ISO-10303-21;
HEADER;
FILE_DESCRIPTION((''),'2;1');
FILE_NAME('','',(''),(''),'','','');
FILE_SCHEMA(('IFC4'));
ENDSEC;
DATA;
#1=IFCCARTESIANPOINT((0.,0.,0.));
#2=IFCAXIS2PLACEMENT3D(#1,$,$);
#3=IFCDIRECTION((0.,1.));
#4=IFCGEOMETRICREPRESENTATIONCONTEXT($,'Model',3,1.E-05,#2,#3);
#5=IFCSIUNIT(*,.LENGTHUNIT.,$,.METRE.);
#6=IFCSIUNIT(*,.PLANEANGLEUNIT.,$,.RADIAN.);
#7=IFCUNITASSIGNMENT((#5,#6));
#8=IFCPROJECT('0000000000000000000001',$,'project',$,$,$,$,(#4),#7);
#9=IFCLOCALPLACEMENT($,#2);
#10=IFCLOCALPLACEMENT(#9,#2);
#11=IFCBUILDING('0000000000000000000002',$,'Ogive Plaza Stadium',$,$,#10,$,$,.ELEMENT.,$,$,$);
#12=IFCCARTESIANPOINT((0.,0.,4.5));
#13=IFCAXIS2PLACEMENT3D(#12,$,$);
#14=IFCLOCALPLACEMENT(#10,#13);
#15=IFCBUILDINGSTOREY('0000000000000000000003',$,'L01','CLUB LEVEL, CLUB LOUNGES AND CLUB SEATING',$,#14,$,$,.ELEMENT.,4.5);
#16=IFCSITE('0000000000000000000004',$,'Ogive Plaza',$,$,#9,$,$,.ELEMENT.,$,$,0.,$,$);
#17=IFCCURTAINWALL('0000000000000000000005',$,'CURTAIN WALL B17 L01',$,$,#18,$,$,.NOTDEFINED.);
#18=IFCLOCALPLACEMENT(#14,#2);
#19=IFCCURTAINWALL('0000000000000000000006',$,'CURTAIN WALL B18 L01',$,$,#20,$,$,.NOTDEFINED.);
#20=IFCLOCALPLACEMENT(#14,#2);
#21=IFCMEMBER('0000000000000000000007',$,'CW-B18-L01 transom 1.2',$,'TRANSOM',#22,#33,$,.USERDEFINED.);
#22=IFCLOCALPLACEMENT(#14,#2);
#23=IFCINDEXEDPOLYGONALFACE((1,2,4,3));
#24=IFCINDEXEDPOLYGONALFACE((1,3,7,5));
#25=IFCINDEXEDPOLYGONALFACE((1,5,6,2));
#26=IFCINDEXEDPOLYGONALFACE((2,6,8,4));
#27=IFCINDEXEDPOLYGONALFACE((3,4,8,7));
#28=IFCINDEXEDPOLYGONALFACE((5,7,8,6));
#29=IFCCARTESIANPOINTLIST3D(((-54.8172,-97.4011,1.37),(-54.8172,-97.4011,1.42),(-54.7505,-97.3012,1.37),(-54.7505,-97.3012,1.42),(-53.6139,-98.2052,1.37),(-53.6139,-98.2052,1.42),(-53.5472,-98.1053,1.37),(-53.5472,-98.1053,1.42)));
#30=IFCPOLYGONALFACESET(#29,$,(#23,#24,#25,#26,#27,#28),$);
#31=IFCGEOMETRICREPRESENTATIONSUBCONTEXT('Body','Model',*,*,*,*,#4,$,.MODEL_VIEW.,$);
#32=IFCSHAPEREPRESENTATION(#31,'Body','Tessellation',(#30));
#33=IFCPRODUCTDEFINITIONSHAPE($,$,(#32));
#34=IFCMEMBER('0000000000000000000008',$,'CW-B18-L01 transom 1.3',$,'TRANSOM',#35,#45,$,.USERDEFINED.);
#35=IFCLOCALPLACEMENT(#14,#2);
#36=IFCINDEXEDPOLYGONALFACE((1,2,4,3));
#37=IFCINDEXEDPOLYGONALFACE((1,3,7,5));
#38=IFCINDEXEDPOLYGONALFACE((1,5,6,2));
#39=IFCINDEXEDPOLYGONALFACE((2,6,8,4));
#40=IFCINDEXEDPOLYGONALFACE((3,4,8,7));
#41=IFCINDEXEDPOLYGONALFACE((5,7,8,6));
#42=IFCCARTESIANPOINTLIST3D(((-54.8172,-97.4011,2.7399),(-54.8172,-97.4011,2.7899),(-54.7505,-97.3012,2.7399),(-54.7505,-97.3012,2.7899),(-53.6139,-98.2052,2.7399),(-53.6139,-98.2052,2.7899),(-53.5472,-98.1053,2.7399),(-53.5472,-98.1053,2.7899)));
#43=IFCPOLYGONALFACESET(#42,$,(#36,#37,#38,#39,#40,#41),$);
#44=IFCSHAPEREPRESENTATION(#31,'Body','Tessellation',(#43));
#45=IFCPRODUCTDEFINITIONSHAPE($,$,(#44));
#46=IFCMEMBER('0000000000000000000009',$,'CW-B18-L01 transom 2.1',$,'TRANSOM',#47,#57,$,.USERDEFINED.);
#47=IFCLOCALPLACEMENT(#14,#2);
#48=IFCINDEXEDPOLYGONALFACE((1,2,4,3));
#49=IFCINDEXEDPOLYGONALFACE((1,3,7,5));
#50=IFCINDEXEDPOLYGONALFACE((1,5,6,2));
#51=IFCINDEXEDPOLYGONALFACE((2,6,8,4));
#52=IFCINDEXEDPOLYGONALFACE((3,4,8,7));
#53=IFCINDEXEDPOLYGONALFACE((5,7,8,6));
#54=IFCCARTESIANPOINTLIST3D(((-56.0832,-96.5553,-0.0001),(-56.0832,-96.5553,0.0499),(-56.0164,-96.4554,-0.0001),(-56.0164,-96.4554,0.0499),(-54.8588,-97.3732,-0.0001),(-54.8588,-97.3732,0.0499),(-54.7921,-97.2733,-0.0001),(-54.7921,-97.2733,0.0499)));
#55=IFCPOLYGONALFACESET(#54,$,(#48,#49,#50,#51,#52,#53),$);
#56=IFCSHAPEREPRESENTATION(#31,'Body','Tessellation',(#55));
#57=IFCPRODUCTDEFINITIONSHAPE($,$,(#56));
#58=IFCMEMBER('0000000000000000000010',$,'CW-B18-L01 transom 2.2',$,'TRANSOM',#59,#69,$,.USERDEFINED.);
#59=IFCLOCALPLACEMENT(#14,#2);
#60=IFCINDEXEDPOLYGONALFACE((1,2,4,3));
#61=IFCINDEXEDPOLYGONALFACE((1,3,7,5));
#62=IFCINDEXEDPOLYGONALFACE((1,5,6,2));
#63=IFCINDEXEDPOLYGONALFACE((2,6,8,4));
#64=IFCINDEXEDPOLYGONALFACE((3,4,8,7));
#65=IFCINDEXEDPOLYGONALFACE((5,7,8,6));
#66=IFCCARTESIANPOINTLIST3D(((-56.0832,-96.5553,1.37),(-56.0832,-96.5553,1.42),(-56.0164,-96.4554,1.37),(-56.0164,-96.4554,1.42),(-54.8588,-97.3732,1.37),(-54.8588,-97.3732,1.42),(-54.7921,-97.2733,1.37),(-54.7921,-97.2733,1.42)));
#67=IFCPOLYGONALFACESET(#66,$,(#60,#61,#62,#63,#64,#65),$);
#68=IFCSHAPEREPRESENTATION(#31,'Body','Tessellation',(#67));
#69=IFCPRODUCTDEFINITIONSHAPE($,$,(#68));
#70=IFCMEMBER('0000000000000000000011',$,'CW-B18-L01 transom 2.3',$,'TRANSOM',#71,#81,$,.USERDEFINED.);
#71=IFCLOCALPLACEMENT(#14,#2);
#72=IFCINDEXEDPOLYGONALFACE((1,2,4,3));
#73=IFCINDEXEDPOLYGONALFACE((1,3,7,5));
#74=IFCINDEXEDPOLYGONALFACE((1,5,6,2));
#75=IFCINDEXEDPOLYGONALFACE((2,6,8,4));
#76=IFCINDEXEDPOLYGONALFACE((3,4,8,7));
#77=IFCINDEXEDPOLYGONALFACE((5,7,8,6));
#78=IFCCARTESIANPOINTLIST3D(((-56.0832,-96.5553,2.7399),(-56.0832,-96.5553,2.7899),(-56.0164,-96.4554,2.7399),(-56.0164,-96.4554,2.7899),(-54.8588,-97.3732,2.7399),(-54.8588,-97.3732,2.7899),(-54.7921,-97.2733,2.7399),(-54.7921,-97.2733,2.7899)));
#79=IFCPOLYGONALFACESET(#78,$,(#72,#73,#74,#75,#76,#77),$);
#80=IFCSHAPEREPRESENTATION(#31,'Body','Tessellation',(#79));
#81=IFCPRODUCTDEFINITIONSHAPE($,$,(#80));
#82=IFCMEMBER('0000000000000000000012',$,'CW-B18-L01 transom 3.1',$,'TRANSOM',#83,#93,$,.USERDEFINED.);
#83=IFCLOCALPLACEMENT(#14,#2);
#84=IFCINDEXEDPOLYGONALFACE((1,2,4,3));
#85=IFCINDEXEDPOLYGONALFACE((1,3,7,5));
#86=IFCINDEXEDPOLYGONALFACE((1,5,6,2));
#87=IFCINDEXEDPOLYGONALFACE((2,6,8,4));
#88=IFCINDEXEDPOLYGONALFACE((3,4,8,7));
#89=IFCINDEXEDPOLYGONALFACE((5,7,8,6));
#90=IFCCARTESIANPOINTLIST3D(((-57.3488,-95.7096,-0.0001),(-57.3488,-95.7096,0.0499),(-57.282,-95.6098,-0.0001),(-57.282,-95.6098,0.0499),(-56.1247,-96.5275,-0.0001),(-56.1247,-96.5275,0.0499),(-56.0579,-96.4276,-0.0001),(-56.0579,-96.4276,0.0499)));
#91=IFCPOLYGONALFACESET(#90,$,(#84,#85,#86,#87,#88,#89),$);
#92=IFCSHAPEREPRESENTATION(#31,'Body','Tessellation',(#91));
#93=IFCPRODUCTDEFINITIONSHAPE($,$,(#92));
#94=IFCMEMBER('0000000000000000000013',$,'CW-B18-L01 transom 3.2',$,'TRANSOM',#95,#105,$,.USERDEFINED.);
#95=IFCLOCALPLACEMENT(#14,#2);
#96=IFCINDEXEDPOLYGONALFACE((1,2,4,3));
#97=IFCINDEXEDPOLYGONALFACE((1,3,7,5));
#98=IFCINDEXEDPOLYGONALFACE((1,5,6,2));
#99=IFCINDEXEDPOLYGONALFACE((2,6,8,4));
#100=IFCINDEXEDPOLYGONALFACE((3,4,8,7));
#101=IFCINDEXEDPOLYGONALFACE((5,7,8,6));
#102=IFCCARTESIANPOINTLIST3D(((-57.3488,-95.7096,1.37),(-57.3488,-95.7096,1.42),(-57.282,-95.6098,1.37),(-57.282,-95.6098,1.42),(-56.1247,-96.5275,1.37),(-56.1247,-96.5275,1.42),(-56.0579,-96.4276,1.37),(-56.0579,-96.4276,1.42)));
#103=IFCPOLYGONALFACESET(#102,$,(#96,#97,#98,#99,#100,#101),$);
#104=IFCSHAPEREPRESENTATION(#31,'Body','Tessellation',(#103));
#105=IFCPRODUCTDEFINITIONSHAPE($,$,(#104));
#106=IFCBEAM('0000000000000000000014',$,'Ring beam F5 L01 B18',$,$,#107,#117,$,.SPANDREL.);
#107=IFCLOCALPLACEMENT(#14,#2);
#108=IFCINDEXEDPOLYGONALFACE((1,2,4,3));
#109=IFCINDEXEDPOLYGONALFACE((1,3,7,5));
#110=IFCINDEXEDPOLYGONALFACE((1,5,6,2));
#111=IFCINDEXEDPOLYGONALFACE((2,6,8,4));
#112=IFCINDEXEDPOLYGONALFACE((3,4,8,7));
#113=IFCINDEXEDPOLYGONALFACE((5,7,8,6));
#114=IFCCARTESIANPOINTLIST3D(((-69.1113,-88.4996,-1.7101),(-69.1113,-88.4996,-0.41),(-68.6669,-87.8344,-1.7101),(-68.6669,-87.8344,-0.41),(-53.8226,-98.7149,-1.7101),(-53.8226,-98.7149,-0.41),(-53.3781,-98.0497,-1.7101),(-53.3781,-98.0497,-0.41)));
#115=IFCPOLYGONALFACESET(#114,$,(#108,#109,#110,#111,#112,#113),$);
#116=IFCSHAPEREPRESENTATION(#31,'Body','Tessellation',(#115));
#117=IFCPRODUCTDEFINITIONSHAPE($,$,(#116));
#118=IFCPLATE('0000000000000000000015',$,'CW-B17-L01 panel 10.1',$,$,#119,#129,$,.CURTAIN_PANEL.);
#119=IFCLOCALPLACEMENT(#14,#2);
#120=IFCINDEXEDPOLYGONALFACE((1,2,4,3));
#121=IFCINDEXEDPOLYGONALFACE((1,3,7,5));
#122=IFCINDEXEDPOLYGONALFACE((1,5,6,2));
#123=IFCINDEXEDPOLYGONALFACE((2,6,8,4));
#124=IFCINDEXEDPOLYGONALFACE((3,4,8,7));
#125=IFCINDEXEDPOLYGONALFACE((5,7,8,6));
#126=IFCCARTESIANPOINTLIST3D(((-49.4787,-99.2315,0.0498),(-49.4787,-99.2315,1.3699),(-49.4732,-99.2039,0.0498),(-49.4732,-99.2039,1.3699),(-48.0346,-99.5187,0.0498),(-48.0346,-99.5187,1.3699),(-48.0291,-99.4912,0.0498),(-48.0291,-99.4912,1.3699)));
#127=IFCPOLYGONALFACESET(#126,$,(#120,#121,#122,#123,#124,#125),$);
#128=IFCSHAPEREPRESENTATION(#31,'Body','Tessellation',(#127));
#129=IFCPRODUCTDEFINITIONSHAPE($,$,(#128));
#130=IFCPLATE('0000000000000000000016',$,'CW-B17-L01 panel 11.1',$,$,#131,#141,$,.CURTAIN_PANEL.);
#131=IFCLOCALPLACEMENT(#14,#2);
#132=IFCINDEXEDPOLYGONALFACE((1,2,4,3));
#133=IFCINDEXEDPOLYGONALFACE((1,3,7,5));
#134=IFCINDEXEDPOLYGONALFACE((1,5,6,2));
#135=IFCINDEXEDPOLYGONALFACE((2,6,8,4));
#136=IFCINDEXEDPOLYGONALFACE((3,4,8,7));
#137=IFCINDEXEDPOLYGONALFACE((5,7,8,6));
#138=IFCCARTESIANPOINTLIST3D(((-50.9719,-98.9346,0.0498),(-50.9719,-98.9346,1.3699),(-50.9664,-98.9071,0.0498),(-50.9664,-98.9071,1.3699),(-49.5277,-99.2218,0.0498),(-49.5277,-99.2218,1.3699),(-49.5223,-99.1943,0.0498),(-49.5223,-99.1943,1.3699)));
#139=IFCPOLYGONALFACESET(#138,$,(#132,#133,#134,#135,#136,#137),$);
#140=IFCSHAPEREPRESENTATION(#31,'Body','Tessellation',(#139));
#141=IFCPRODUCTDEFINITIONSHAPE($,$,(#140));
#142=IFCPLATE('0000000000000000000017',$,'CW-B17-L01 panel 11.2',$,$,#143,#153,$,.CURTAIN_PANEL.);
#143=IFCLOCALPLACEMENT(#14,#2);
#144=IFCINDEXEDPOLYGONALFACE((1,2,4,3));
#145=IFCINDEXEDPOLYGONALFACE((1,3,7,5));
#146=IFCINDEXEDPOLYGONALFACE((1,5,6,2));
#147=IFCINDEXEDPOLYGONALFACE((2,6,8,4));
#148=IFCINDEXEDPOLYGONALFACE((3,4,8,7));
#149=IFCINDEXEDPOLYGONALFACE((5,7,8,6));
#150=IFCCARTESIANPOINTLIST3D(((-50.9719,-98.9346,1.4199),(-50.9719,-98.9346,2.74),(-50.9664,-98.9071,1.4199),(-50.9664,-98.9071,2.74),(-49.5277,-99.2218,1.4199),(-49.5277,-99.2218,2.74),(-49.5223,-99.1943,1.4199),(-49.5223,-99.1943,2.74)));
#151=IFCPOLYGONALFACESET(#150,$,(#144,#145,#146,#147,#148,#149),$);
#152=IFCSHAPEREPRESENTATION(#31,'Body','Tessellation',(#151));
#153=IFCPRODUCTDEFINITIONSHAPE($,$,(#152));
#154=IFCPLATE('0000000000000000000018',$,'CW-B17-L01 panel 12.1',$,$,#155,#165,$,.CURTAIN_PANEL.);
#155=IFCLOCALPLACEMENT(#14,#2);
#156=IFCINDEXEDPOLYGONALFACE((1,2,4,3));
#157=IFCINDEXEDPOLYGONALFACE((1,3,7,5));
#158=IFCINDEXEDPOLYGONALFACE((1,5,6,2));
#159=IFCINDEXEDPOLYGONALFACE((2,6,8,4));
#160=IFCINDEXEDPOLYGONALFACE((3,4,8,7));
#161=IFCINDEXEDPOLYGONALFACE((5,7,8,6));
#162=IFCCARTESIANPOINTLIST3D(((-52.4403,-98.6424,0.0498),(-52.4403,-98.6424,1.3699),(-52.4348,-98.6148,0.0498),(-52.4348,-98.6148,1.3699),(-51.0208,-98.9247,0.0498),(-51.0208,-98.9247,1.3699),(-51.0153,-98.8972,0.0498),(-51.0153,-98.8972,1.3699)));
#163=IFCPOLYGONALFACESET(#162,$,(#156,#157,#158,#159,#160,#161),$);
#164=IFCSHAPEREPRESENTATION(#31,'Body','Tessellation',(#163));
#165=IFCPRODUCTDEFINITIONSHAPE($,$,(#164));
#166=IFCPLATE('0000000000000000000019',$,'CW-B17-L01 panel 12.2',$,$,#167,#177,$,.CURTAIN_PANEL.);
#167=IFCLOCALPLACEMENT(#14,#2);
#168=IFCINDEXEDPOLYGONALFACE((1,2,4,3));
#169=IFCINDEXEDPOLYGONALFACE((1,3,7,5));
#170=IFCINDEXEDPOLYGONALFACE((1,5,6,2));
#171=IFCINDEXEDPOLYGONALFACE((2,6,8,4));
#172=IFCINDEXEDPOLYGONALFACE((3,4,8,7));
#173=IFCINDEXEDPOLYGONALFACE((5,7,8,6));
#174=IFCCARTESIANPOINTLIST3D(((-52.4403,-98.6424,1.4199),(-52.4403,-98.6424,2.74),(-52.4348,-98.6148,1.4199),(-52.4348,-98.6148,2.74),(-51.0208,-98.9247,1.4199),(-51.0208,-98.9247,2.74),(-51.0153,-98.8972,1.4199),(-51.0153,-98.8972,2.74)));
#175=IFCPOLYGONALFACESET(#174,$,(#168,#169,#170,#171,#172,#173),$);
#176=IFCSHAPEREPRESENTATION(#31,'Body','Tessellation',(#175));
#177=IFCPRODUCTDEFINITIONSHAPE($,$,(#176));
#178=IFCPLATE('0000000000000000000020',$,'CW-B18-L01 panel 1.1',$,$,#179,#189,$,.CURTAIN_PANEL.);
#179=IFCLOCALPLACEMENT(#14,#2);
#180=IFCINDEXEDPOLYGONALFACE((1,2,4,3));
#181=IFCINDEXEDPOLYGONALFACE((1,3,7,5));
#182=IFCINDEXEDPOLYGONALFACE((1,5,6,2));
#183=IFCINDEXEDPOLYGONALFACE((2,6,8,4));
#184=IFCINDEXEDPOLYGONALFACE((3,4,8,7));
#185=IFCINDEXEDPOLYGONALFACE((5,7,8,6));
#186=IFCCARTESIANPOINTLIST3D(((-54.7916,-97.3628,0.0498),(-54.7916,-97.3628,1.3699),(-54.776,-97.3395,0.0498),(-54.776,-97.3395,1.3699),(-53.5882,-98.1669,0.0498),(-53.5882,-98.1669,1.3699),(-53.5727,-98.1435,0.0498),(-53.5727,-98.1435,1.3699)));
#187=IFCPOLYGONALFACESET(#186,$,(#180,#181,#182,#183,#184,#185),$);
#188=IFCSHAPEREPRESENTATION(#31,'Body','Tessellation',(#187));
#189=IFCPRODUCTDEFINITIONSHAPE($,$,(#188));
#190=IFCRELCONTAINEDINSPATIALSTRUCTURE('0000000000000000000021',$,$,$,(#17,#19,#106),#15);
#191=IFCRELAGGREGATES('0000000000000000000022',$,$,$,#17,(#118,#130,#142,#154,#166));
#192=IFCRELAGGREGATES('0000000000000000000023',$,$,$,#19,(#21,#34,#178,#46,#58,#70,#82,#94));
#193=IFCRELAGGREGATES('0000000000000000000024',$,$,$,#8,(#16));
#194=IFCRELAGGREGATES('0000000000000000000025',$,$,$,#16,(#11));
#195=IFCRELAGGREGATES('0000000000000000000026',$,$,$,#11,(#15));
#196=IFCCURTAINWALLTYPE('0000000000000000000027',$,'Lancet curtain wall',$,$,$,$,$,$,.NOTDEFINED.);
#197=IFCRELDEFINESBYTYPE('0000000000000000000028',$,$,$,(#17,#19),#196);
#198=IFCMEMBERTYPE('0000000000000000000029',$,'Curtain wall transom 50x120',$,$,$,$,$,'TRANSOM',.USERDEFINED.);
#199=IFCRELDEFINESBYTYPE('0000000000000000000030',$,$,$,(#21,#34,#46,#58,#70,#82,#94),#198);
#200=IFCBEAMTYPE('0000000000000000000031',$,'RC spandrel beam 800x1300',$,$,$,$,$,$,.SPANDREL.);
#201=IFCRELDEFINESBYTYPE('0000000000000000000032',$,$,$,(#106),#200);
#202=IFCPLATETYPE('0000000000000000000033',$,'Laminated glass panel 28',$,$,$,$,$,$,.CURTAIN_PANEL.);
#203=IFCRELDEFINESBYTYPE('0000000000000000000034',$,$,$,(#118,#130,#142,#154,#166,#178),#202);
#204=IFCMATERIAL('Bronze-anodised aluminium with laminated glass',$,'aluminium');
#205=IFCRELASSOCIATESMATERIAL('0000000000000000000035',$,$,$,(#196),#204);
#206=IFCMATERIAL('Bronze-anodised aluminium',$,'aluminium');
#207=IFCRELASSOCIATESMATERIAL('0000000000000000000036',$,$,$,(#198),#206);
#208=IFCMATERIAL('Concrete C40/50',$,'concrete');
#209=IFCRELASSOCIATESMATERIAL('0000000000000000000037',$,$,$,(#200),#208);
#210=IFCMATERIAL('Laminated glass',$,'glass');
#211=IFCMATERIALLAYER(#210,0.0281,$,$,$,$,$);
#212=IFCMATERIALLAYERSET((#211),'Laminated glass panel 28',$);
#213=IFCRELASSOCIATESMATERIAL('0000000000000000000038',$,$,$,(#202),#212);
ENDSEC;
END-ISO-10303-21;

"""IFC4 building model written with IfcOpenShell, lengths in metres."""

from ifc_helpers import new_model, si_unit, direction, frame, origin, origin_2d, place, context, subcontext, project, spatial, rectangle, extrude, material, layer, layer_set, material_profile, profile_set, type_object, element, aggregate, save


model = new_model("IFC4")

# Units and contexts
model_context = context("Model", 3, precision=1e-05, world=origin(), true_north=direction((0.0, 1.0)))
body_context = subcontext(model_context, "Body", "Model", "MODEL_VIEW")
ifc_project = project(units=[si_unit("LENGTHUNIT", "METRE"), si_unit("PLANEANGLEUNIT", "RADIAN")], contexts=[model_context])

# Site, building, storey
site_placement = place(None, origin())
site = spatial("IfcSite", under=ifc_project, at=site_placement, Name="Ogive Plaza", CompositionType="ELEMENT", RefElevation=0.0)
building_placement = place(site_placement, origin())
building = spatial("IfcBuilding", under=site, at=building_placement, Name="Ogive Plaza Stadium", CompositionType="ELEMENT")
storey_placement = place(building_placement, frame((0.0, 0.0, 4.5)))
storey = spatial("IfcBuildingStorey", under=building, at=storey_placement, Name="L01", Description="CLUB LEVEL, CLUB LOUNGES AND CLUB SEATING", CompositionType="ELEMENT", Elevation=4.5)

# Curtain walls
ifc_material_1 = material(Name="Bronze-anodised aluminium with laminated glass", Category="aluminium")
curtain_wall_type = type_object("IfcCurtainWallType", Name="Lancet curtain wall", PredefinedType="NOTDEFINED", material=ifc_material_1)
curtain_wall_1_placement = place(storey_placement, origin())
curtain_wall_1 = element("IfcCurtainWall", 1, at=curtain_wall_1_placement, inside=storey, type_object=curtain_wall_type, Name="CURTAIN WALL B17 L01", PredefinedType="NOTDEFINED")
curtain_wall_2_placement = place(storey_placement, origin())
curtain_wall_2 = element("IfcCurtainWall", 2, at=curtain_wall_2_placement, inside=storey, type_object=curtain_wall_type, Name="CURTAIN WALL B18 L01", PredefinedType="NOTDEFINED")

# Members
ifc_material_2 = material(Name="Bronze-anodised aluminium", Category="aluminium")
ifc_material_profile_1 = material_profile(ifc_material_2, rectangle(XDim=0.1201, YDim=0.05, at=origin_2d()), Name="AL 120x50")
ifc_profile_set_1 = profile_set([ifc_material_profile_1], Name="Bronze-anodised aluminium")
member_type_1 = type_object("IfcMemberType", Name="Curtain wall transom 50x120", ElementType="TRANSOM", PredefinedType="USERDEFINED", material=ifc_profile_set_1)
member_1_placement = place(storey_placement, frame((-53.5806, -98.1553, 1.395), z_axis=(-0.831427, 0.555634, 0.0), x_axis=(-0.555634, -0.831427, 0.0)))
member_1 = element("IfcMember", 3, at=member_1_placement, type_object=member_type_1, Name="CW-B18-L01 transom 1.2", ObjectType="TRANSOM", PredefinedType="USERDEFINED", context=body_context, shape_type="SweptSolid", body=[
    extrude(rectangle(XDim=0.1201, YDim=0.05, at=origin_2d()), origin(), (0.0, 0.0, 1.0), 1.4473),
])
member_2_placement = place(storey_placement, frame((-53.5806, -98.1553, 2.7649), z_axis=(-0.831427, 0.555634, 0.0), x_axis=(-0.555634, -0.831427, 0.0)))
member_2 = element("IfcMember", 4, at=member_2_placement, type_object=member_type_1, Name="CW-B18-L01 transom 1.3", ObjectType="TRANSOM", PredefinedType="USERDEFINED", context=body_context, shape_type="SweptSolid", body=[
    extrude(rectangle(XDim=0.1201, YDim=0.05, at=origin_2d()), origin(), (0.0, 0.0, 1.0), 1.4473),
])
member_3_placement = place(storey_placement, frame((-54.8254, -97.3232, 0.0249), z_axis=(-0.83154, 0.555465, 0.0), x_axis=(-0.555465, -0.83154, 0.0)))
member_3 = element("IfcMember", 5, at=member_3_placement, type_object=member_type_1, Name="CW-B18-L01 transom 2.1", ObjectType="TRANSOM", PredefinedType="USERDEFINED", context=body_context, shape_type="SweptSolid", body=[
    extrude(rectangle(XDim=0.1201, YDim=0.05, at=origin_2d()), origin(), (0.0, 0.0, 1.0), 1.4724),
])
member_4_placement = place(storey_placement, frame((-54.8254, -97.3232, 1.395), z_axis=(-0.83154, 0.555465, 0.0), x_axis=(-0.555465, -0.83154, 0.0)))
member_4 = element("IfcMember", 6, at=member_4_placement, type_object=member_type_1, Name="CW-B18-L01 transom 2.2", ObjectType="TRANSOM", PredefinedType="USERDEFINED", context=body_context, shape_type="SweptSolid", body=[
    extrude(rectangle(XDim=0.1201, YDim=0.05, at=origin_2d()), origin(), (0.0, 0.0, 1.0), 1.4724),
])
member_5_placement = place(storey_placement, frame((-54.8254, -97.3232, 2.7649), z_axis=(-0.83154, 0.555465, 0.0), x_axis=(-0.555465, -0.83154, 0.0)))
member_5 = element("IfcMember", 7, at=member_5_placement, type_object=member_type_1, Name="CW-B18-L01 transom 2.3", ObjectType="TRANSOM", PredefinedType="USERDEFINED", context=body_context, shape_type="SweptSolid", body=[
    extrude(rectangle(XDim=0.1201, YDim=0.05, at=origin_2d()), origin(), (0.0, 0.0, 1.0), 1.4724),
])
member_6_placement = place(storey_placement, frame((-56.0913, -96.4775, 0.0249), z_axis=(-0.831489, 0.555542, 0.0), x_axis=(-0.555542, -0.831489, 0.0)))
member_6 = element("IfcMember", 8, at=member_6_placement, type_object=member_type_1, Name="CW-B18-L01 transom 3.1", ObjectType="TRANSOM", PredefinedType="USERDEFINED", context=body_context, shape_type="SweptSolid", body=[
    extrude(rectangle(XDim=0.1201, YDim=0.05, at=origin_2d()), origin(), (0.0, 0.0, 1.0), 1.4722),
])
member_7_placement = place(storey_placement, frame((-56.0913, -96.4775, 1.395), z_axis=(-0.831489, 0.555542, 0.0), x_axis=(-0.555542, -0.831489, 0.0)))
member_7 = element("IfcMember", 9, at=member_7_placement, type_object=member_type_1, Name="CW-B18-L01 transom 3.2", ObjectType="TRANSOM", PredefinedType="USERDEFINED", context=body_context, shape_type="SweptSolid", body=[
    extrude(rectangle(XDim=0.1201, YDim=0.05, at=origin_2d()), origin(), (0.0, 0.0, 1.0), 1.4722),
])

# Beam
ifc_material_3 = material(Name="Concrete C40/50", Category="concrete")
ifc_material_profile_2 = material_profile(ifc_material_3, rectangle(XDim=0.8, YDim=1.3, at=origin_2d()), Name="RC 800x1300")
ifc_profile_set_2 = profile_set([ifc_material_profile_2], Name="Concrete C40/50")
beam_type = type_object("IfcBeamType", Name="RC spandrel beam 800x1300", PredefinedType="SPANDREL", material=ifc_profile_set_2)
beam_placement = place(storey_placement, frame((-53.6003, -98.3823, -1.0601), z_axis=(-0.831478, 0.555558, 0.0), x_axis=(-0.555558, -0.831478, 0.0)))
element("IfcBeam", 10, at=beam_placement, inside=storey, type_object=beam_type, Name="Ring beam F5 L01 B18", PredefinedType="SPANDREL", context=body_context, shape_type="SweptSolid", body=[
    extrude(rectangle(XDim=0.8, YDim=1.3, at=origin_2d()), origin(), (0.0, 0.0, 1.0), 18.3875),
])

# Plates
ifc_material_4 = material(Name="Laminated glass", Category="glass")
ifc_layer = layer(ifc_material_4, 0.0281)
ifc_layer_set = layer_set([ifc_layer], Name="Laminated glass panel 28")
plate_type = type_object("IfcPlateType", Name="Laminated glass panel 28", PredefinedType="CURTAIN_PANEL", material=ifc_layer_set)
plate_1_placement = place(storey_placement, frame((-48.7539, -99.3613, 0.0498), z_axis=(0.0, 0.0, 1.0), x_axis=(-0.980785, 0.19509, 0.0)))
plate_1 = element("IfcPlate", 11, at=plate_1_placement, type_object=plate_type, Name="CW-B17-L01 panel 10.1", PredefinedType="CURTAIN_PANEL", context=body_context, shape_type="SweptSolid", body=[
    extrude(rectangle(XDim=1.4724, YDim=0.0281, at=origin_2d()), origin(), (0.0, 0.0, 1.0), 1.3201),
])
plate_2_placement = place(storey_placement, frame((-50.2471, -99.0645, 0.0498), z_axis=(0.0, 0.0, 1.0), x_axis=(-0.980785, 0.19509, 0.0)))
plate_2 = element("IfcPlate", 12, at=plate_2_placement, type_object=plate_type, Name="CW-B17-L01 panel 11.1", PredefinedType="CURTAIN_PANEL", context=body_context, shape_type="SweptSolid", body=[
    extrude(rectangle(XDim=1.4724, YDim=0.0281, at=origin_2d()), origin(), (0.0, 0.0, 1.0), 1.3201),
])
plate_3_placement = place(storey_placement, frame((-50.2471, -99.0645, 1.4199), z_axis=(0.0, 0.0, 1.0), x_axis=(-0.980785, 0.19509, 0.0)))
plate_3 = element("IfcPlate", 13, at=plate_3_placement, type_object=plate_type, Name="CW-B17-L01 panel 11.2", PredefinedType="CURTAIN_PANEL", context=body_context, shape_type="SweptSolid", body=[
    extrude(rectangle(XDim=1.4724, YDim=0.0281, at=origin_2d()), origin(), (0.0, 0.0, 1.0), 1.3201),
])
plate_4_placement = place(storey_placement, frame((-51.7278, -98.7698, 0.0498), z_axis=(0.0, 0.0, 1.0), x_axis=(-0.980785, 0.19509, 0.0)))
plate_4 = element("IfcPlate", 14, at=plate_4_placement, type_object=plate_type, Name="CW-B17-L01 panel 12.1", PredefinedType="CURTAIN_PANEL", context=body_context, shape_type="SweptSolid", body=[
    extrude(rectangle(XDim=1.4473, YDim=0.0281, at=origin_2d()), origin(), (0.0, 0.0, 1.0), 1.3201),
])
plate_5_placement = place(storey_placement, frame((-51.7278, -98.7698, 1.4199), z_axis=(0.0, 0.0, 1.0), x_axis=(-0.980785, 0.19509, 0.0)))
plate_5 = element("IfcPlate", 15, at=plate_5_placement, type_object=plate_type, Name="CW-B17-L01 panel 12.2", PredefinedType="CURTAIN_PANEL", context=body_context, shape_type="SweptSolid", body=[
    extrude(rectangle(XDim=1.4473, YDim=0.0281, at=origin_2d()), origin(), (0.0, 0.0, 1.0), 1.3201),
])
aggregate(curtain_wall_1, [plate_1, plate_2, plate_3, plate_4, plate_5])
plate_6_placement = place(storey_placement, frame((-54.1821, -97.7532, 0.0498), z_axis=(0.0, 0.0, 1.0), x_axis=(-0.83147, 0.55557, 0.0)))
plate_6 = element("IfcPlate", 16, at=plate_6_placement, type_object=plate_type, Name="CW-B18-L01 panel 1.1", PredefinedType="CURTAIN_PANEL", context=body_context, shape_type="SweptSolid", body=[
    extrude(rectangle(XDim=1.4473, YDim=0.0281, at=origin_2d()), origin(), (0.0, 0.0, 1.0), 1.3201),
])
aggregate(curtain_wall_2, [member_1, member_2, plate_6, member_3, member_4, member_5, member_6, member_7])

save(model, "model.ifc")
